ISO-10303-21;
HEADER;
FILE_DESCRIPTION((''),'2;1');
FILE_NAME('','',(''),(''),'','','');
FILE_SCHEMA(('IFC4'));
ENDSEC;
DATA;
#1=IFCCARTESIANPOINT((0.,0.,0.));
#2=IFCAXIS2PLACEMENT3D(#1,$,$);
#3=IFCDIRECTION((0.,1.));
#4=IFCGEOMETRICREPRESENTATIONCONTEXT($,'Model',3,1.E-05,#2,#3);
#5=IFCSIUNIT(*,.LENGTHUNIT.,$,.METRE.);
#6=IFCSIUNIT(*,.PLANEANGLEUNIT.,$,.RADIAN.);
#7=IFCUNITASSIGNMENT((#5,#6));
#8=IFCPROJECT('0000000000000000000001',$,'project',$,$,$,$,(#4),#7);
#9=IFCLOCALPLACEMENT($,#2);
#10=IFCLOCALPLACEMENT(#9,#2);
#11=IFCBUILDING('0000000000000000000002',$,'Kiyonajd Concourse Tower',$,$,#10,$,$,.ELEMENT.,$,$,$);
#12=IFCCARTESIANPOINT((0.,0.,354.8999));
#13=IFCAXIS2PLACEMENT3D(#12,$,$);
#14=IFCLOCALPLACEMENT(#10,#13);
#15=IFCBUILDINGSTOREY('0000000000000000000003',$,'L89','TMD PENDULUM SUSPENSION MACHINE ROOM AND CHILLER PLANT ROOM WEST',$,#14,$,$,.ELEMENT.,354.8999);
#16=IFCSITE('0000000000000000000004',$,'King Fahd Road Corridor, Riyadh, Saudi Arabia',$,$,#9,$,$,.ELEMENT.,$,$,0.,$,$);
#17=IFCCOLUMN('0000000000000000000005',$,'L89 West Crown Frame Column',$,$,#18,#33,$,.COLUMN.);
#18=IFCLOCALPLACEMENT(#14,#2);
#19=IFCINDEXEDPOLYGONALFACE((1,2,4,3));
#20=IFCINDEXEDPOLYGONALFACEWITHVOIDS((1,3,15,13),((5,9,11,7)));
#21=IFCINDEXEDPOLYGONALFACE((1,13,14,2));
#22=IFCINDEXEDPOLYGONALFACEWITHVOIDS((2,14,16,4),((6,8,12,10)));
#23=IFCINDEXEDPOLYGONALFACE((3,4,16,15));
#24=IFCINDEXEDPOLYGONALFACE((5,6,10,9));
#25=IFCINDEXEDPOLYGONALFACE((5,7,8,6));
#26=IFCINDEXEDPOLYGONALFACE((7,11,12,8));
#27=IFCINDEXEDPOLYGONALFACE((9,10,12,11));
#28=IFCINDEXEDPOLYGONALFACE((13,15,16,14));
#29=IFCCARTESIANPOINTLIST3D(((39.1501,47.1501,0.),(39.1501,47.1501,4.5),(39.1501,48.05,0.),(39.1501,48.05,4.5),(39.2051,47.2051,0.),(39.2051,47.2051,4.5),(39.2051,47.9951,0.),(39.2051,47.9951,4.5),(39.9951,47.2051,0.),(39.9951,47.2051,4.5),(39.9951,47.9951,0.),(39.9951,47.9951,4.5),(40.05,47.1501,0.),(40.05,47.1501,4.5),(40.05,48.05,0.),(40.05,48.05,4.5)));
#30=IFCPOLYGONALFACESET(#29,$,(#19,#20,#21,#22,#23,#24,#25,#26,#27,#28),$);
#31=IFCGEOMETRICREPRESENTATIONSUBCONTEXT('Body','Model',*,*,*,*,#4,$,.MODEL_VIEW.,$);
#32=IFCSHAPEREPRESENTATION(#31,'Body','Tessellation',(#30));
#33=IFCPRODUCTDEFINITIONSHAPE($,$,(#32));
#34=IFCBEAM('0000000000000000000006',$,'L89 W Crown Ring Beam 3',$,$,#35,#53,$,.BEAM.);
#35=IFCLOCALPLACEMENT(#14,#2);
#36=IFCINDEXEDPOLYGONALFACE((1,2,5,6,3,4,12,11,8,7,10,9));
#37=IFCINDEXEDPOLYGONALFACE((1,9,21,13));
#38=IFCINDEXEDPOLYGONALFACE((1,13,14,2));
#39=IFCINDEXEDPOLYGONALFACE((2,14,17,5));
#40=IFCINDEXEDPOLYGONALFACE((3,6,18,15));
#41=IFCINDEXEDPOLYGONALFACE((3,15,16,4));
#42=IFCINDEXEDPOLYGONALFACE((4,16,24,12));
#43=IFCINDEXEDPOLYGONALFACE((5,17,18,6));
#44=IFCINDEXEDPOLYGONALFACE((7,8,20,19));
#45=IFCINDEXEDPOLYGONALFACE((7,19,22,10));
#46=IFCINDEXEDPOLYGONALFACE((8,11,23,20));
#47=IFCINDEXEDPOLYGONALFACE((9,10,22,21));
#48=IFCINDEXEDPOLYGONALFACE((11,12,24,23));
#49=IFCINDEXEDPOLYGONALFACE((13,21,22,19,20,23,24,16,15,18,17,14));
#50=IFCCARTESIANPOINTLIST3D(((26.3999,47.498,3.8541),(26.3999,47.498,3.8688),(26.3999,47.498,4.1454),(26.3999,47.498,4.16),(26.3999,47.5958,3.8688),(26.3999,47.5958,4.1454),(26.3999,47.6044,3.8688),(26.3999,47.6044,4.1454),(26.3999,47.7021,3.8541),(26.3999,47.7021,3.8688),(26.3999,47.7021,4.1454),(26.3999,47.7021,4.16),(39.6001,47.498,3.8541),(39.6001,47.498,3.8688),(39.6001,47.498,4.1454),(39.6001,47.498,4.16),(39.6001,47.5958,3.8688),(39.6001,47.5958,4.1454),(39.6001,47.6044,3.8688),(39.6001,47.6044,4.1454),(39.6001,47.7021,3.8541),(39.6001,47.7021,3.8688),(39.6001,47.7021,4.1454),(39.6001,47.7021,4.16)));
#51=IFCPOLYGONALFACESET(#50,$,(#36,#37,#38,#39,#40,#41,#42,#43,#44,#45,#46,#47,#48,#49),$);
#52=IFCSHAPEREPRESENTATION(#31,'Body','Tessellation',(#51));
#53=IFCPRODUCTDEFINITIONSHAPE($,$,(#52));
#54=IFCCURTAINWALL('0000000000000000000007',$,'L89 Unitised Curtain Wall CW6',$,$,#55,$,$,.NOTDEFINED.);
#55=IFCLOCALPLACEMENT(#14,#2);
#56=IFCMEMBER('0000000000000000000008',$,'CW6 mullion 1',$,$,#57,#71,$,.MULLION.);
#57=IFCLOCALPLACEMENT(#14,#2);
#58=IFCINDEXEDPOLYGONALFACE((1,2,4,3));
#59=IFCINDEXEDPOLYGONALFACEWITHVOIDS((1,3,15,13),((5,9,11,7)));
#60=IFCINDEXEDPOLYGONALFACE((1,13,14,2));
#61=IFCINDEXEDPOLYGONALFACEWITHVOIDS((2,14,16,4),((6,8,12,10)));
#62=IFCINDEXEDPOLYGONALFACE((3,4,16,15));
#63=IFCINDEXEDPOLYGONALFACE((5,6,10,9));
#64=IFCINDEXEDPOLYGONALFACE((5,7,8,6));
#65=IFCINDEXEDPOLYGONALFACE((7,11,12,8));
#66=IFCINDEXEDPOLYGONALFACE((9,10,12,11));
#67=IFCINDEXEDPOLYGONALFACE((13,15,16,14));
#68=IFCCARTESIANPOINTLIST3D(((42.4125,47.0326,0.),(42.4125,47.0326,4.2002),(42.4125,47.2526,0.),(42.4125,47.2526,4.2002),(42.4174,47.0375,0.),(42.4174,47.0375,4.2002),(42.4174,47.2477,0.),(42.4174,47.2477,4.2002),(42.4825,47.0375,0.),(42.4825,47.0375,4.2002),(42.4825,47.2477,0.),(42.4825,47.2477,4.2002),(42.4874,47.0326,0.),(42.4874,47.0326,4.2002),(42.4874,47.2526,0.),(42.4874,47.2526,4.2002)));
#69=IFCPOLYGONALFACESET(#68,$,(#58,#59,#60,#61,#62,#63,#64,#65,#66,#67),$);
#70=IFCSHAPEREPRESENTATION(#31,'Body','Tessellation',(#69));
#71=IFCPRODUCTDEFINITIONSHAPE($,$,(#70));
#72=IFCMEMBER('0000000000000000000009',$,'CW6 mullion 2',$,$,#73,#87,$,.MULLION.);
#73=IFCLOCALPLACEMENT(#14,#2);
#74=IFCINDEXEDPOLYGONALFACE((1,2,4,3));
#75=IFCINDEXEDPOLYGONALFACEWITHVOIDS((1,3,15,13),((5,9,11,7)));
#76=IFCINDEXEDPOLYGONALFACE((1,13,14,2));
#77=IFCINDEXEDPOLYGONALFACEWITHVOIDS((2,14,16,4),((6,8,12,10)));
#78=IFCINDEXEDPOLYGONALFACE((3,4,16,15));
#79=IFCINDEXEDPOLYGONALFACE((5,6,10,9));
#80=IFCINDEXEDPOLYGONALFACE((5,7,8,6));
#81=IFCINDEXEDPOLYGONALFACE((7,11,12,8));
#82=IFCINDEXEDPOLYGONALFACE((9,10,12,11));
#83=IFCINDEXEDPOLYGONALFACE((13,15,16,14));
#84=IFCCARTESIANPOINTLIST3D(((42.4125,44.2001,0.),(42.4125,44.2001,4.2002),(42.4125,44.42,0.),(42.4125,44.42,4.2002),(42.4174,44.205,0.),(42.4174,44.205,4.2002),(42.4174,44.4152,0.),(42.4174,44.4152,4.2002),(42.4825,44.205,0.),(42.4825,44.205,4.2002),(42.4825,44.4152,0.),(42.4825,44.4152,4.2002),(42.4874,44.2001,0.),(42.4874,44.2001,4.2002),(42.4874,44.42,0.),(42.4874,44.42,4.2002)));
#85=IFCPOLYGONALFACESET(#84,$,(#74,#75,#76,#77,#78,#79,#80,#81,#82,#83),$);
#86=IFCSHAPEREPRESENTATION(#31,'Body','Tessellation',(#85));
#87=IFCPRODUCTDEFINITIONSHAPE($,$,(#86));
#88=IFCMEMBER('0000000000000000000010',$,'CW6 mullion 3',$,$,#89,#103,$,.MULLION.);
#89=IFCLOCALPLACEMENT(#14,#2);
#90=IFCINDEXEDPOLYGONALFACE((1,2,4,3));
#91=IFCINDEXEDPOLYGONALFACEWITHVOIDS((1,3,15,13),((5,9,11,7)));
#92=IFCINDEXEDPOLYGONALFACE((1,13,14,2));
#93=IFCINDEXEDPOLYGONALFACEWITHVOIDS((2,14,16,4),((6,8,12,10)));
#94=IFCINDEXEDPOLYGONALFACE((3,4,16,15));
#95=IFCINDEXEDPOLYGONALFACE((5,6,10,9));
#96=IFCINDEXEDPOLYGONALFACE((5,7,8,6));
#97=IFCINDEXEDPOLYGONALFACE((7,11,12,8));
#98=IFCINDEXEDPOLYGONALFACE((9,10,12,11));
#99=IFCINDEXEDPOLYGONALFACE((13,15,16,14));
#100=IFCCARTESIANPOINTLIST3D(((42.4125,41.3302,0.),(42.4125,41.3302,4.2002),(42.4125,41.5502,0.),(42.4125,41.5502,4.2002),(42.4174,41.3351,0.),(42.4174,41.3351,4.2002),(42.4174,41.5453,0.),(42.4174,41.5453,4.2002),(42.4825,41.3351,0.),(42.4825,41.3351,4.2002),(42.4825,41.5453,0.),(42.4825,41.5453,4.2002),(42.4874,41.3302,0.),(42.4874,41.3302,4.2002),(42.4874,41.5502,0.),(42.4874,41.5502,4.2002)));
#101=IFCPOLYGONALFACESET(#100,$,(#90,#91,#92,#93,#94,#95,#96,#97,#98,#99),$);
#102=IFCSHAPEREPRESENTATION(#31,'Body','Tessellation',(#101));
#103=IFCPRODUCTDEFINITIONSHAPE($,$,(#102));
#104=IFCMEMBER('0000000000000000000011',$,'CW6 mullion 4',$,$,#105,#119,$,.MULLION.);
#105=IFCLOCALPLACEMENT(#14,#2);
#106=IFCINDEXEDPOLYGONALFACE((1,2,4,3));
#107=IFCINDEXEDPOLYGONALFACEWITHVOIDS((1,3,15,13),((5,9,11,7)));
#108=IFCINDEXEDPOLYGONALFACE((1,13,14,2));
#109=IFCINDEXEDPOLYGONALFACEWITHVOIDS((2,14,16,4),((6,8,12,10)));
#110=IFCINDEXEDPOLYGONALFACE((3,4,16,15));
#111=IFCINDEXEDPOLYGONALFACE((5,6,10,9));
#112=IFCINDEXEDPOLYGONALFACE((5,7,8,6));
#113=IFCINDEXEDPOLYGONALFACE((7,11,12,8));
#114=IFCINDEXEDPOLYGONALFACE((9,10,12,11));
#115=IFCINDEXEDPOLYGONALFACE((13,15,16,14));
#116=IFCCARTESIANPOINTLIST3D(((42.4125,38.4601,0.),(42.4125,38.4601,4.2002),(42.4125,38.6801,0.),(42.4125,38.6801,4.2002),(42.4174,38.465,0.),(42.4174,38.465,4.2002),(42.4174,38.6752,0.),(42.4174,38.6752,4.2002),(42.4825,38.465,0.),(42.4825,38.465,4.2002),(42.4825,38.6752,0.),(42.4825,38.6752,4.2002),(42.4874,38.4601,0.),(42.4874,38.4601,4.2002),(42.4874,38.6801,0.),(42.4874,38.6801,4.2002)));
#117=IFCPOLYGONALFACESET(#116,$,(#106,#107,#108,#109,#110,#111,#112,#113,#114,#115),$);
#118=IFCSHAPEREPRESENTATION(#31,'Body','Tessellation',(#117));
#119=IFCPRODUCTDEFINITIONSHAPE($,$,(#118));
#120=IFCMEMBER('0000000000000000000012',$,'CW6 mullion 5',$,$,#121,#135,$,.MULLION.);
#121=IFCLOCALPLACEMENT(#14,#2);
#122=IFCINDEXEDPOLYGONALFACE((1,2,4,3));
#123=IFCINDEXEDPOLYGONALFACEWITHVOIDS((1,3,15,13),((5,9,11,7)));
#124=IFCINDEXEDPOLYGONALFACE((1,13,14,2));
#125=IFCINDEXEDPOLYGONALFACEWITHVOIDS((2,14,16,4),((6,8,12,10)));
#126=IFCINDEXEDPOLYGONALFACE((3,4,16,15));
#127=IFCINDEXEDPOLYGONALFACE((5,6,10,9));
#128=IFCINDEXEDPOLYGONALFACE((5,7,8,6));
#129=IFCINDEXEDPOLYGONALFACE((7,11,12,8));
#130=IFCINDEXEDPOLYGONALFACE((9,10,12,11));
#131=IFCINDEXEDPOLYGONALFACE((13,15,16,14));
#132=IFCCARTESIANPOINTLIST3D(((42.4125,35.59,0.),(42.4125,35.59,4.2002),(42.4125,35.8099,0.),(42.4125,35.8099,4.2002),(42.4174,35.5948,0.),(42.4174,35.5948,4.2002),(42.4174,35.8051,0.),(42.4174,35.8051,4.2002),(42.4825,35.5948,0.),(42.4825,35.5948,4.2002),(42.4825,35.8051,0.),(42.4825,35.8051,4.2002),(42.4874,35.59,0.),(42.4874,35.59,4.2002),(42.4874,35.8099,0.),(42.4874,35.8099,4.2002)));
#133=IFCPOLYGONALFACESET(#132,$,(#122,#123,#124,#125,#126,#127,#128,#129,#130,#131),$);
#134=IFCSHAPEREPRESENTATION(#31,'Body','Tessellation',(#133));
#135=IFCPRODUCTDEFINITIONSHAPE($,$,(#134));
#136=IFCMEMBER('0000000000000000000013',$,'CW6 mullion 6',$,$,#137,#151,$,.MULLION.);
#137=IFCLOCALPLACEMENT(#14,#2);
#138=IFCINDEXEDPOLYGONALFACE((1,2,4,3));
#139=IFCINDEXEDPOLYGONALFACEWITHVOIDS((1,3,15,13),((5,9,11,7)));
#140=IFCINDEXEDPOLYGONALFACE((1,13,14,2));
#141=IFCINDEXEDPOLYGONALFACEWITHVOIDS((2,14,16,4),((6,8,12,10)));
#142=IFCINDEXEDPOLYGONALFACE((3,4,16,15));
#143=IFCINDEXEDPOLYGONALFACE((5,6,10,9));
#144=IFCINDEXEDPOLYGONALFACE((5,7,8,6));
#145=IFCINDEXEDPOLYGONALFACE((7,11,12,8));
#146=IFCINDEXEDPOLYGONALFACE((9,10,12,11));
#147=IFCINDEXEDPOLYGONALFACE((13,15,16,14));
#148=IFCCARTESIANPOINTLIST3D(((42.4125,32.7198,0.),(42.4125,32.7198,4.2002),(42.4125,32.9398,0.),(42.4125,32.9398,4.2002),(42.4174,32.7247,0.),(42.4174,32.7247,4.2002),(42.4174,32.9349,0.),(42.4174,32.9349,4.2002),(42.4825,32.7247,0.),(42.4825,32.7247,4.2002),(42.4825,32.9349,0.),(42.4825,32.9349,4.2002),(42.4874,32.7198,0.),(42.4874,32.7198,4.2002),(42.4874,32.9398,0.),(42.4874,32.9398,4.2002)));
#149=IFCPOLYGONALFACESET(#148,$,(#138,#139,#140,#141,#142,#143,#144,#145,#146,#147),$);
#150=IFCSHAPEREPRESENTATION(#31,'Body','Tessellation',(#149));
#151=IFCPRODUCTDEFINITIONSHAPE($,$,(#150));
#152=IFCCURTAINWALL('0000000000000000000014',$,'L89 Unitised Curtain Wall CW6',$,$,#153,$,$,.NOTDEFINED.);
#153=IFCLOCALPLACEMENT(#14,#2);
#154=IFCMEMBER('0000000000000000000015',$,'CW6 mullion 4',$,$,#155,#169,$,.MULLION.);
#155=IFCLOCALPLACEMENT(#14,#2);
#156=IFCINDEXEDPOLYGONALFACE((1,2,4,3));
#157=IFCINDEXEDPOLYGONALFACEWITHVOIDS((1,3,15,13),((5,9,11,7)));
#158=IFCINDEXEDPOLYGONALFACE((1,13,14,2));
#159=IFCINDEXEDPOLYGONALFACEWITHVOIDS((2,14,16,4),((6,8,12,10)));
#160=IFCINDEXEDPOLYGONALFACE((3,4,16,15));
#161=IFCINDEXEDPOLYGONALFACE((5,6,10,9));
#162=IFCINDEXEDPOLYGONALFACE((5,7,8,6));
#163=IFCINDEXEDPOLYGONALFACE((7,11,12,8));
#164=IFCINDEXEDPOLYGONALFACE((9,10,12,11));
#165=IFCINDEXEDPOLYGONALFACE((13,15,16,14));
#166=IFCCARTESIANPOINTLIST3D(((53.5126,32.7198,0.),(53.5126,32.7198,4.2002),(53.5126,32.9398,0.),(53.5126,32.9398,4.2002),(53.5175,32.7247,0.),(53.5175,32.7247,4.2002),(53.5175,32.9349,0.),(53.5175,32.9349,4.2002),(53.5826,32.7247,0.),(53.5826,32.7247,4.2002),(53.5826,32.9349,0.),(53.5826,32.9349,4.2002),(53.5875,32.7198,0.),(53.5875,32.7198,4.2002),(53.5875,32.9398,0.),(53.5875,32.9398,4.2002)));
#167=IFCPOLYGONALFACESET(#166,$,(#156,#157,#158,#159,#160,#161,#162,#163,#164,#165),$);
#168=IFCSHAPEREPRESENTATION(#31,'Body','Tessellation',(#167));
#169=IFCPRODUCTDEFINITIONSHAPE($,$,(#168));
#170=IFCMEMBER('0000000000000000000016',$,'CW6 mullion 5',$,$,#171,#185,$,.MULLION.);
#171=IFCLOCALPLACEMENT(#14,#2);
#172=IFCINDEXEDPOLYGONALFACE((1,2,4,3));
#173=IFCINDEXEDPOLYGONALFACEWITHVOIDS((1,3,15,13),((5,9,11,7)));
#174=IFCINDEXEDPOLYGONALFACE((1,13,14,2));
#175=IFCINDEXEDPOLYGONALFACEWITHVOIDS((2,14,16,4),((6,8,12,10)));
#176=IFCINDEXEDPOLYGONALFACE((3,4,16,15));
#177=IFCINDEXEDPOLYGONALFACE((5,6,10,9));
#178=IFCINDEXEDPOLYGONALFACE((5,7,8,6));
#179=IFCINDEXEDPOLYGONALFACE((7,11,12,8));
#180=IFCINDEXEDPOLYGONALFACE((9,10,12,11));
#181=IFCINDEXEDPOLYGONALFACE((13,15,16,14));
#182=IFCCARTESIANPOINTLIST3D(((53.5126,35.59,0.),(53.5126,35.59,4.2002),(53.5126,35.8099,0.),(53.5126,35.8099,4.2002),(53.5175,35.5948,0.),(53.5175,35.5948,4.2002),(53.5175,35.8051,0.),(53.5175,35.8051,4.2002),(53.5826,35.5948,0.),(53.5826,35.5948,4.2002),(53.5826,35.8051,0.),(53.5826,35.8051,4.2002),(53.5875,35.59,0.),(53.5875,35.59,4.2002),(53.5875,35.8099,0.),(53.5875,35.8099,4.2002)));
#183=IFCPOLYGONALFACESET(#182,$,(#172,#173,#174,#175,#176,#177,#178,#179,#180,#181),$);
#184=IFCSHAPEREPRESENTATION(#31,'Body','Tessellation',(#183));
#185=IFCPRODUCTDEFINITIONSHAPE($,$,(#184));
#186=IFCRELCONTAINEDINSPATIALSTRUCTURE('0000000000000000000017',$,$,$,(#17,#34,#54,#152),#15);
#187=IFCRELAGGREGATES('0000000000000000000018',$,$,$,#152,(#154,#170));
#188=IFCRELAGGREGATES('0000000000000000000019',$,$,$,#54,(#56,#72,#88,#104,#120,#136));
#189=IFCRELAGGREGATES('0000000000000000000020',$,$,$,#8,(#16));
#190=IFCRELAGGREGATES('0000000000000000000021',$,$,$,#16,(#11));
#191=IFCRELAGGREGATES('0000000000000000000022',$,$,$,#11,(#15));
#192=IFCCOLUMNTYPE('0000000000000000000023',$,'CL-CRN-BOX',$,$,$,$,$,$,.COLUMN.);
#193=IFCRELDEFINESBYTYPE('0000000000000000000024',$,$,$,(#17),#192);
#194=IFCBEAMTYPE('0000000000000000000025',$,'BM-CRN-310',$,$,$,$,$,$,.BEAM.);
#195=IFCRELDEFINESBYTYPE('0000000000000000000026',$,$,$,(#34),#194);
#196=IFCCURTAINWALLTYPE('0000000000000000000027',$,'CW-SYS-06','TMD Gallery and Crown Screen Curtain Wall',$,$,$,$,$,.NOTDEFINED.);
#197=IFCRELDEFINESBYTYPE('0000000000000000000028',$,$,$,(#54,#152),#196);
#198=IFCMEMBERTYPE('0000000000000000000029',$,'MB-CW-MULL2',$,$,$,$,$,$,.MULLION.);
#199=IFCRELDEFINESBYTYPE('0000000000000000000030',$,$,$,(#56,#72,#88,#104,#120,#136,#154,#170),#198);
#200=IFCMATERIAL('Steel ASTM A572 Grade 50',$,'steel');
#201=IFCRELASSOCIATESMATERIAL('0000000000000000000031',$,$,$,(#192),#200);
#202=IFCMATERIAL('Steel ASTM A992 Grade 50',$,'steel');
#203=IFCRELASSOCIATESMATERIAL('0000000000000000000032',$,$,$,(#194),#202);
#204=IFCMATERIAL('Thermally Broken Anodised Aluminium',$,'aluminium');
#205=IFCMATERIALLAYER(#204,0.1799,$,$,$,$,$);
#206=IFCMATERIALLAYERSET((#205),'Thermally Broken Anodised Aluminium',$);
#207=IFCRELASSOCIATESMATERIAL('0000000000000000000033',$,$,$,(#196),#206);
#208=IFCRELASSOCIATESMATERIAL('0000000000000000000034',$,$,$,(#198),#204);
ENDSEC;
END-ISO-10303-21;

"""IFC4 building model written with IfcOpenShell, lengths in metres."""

from ifc_helpers import new_model, si_unit, direction, frame, origin, origin_2d, place, context, subcontext, project, spatial, hollow_rectangle, i_section, extrude, material, layer, layer_set, material_profile, profile_set, type_object, element, aggregate, save


model = new_model("IFC4")

# Units and contexts
model_context = context("Model", 3, precision=1e-05, world=origin(), true_north=direction((0.0, 1.0)))
body_context = subcontext(model_context, "Body", "Model", "MODEL_VIEW")
ifc_project = project(units=[si_unit("LENGTHUNIT", "METRE"), si_unit("PLANEANGLEUNIT", "RADIAN")], contexts=[model_context])

# Site, building, storey
site_placement = place(None, origin())
site = spatial("IfcSite", under=ifc_project, at=site_placement, Name="King Fahd Road Corridor, Riyadh, Saudi Arabia", CompositionType="ELEMENT", RefElevation=0.0)
building_placement = place(site_placement, origin())
building = spatial("IfcBuilding", under=site, at=building_placement, Name="Kiyonajd Concourse Tower", CompositionType="ELEMENT")
storey_placement = place(building_placement, frame((0.0, 0.0, 354.8999)))
storey = spatial("IfcBuildingStorey", under=building, at=storey_placement, Name="L89", Description="TMD PENDULUM SUSPENSION MACHINE ROOM AND CHILLER PLANT ROOM WEST", CompositionType="ELEMENT", Elevation=354.8999)

# Column
ifc_material_1 = material(Name="Steel ASTM A572 Grade 50", Category="steel")
ifc_material_profile_1 = material_profile(ifc_material_1, hollow_rectangle(XDim=0.8999, YDim=0.8999, WallThickness=0.0549, at=origin_2d()), Name="BOX-900x900x55")
ifc_profile_set_1 = profile_set([ifc_material_profile_1], Name="Steel ASTM A572 Grade 50")
column_type = type_object("IfcColumnType", Name="CL-CRN-BOX", PredefinedType="COLUMN", material=ifc_profile_set_1)
column_placement = place(storey_placement, frame((39.6001, 47.6001, 0.0), z_axis=(0.0, 0.0, 1.0), x_axis=(1.0, 0.0, 0.0)))
element("IfcColumn", 1, at=column_placement, inside=storey, type_object=column_type, Name="L89 West Crown Frame Column", PredefinedType="COLUMN", context=body_context, shape_type="SweptSolid", body=[
    extrude(hollow_rectangle(XDim=0.8999, YDim=0.8999, WallThickness=0.0549, at=origin_2d()), origin(), (0.0, 0.0, 1.0), 4.5),
])

# Beam
ifc_material_2 = material(Name="Steel ASTM A992 Grade 50", Category="steel")
ifc_material_profile_2 = material_profile(ifc_material_2, i_section(OverallWidth=0.2041, OverallDepth=0.3059, WebThickness=0.0085, FlangeThickness=0.0146, at=origin_2d()), Name="W310X67")
ifc_profile_set_2 = profile_set([ifc_material_profile_2], Name="Steel ASTM A992 Grade 50")
beam_type = type_object("IfcBeamType", Name="BM-CRN-310", PredefinedType="BEAM", material=ifc_profile_set_2)
beam_placement = place(storey_placement, frame((39.6001, 47.6001, 4.0071), z_axis=(-1.0, 0.0, 0.0), x_axis=(0.0, -1.0, 0.0)))
element("IfcBeam", 2, at=beam_placement, inside=storey, type_object=beam_type, Name="L89 W Crown Ring Beam 3", PredefinedType="BEAM", context=body_context, shape_type="SweptSolid", body=[
    extrude(i_section(OverallWidth=0.2041, OverallDepth=0.3059, WebThickness=0.0085, FlangeThickness=0.0146, at=origin_2d()), origin(), (0.0, 0.0, 1.0), 13.2002),
])

# Curtain walls, members
ifc_material_3 = material(Name="Thermally Broken Anodised Aluminium", Category="aluminium")
ifc_layer_1 = layer(ifc_material_3, 0.1799)
ifc_layer_set_1 = layer_set([ifc_layer_1], Name="Thermally Broken Anodised Aluminium")
curtain_wall_type = type_object("IfcCurtainWallType", Name="CW-SYS-06", Description="TMD Gallery and Crown Screen Curtain Wall", PredefinedType="NOTDEFINED", material=ifc_layer_set_1)
curtain_wall_1_placement = place(storey_placement, origin())
curtain_wall_1 = element("IfcCurtainWall", 3, at=curtain_wall_1_placement, inside=storey, type_object=curtain_wall_type, Name="L89 Unitised Curtain Wall CW6", PredefinedType="NOTDEFINED")
ifc_material_profile_3 = material_profile(ifc_material_3, hollow_rectangle(XDim=0.075, YDim=0.22, WallThickness=0.0049, at=origin_2d()), Name="MULL-75x220")
ifc_profile_set_3 = profile_set([ifc_material_profile_3], Name="Thermally Broken Anodised Aluminium")
member_type_1 = type_object("IfcMemberType", Name="MB-CW-MULL2", PredefinedType="MULLION", material=ifc_profile_set_3)
member_1_placement = place(storey_placement, frame((42.45, 47.1426, 0.0), z_axis=(0.0, 0.0, 1.0), x_axis=(1.0, 0.0, 0.0)))
member_1 = element("IfcMember", 4, at=member_1_placement, type_object=member_type_1, Name="CW6 mullion 1", PredefinedType="MULLION", context=body_context, shape_type="SweptSolid", body=[
    extrude(hollow_rectangle(XDim=0.075, YDim=0.22, WallThickness=0.0049, at=origin_2d()), origin(), (0.0, 0.0, 1.0), 4.2002),
])
member_2_placement = place(storey_placement, frame((42.45, 44.3101, 0.0), z_axis=(0.0, 0.0, 1.0), x_axis=(1.0, 0.0, 0.0)))
member_2 = element("IfcMember", 5, at=member_2_placement, type_object=member_type_1, Name="CW6 mullion 2", PredefinedType="MULLION", context=body_context, shape_type="SweptSolid", body=[
    extrude(hollow_rectangle(XDim=0.075, YDim=0.22, WallThickness=0.0049, at=origin_2d()), origin(), (0.0, 0.0, 1.0), 4.2002),
])
member_3_placement = place(storey_placement, frame((42.45, 41.4402, 0.0), z_axis=(0.0, 0.0, 1.0), x_axis=(1.0, 0.0, 0.0)))
member_3 = element("IfcMember", 6, at=member_3_placement, type_object=member_type_1, Name="CW6 mullion 3", PredefinedType="MULLION", context=body_context, shape_type="SweptSolid", body=[
    extrude(hollow_rectangle(XDim=0.075, YDim=0.22, WallThickness=0.0049, at=origin_2d()), origin(), (0.0, 0.0, 1.0), 4.2002),
])
member_4_placement = place(storey_placement, frame((42.45, 38.5701, 0.0), z_axis=(0.0, 0.0, 1.0), x_axis=(1.0, 0.0, 0.0)))
member_4 = element("IfcMember", 7, at=member_4_placement, type_object=member_type_1, Name="CW6 mullion 4", PredefinedType="MULLION", context=body_context, shape_type="SweptSolid", body=[
    extrude(hollow_rectangle(XDim=0.075, YDim=0.22, WallThickness=0.0049, at=origin_2d()), origin(), (0.0, 0.0, 1.0), 4.2002),
])
member_5_placement = place(storey_placement, frame((42.45, 35.7, 0.0), z_axis=(0.0, 0.0, 1.0), x_axis=(1.0, 0.0, 0.0)))
member_5 = element("IfcMember", 8, at=member_5_placement, type_object=member_type_1, Name="CW6 mullion 5", PredefinedType="MULLION", context=body_context, shape_type="SweptSolid", body=[
    extrude(hollow_rectangle(XDim=0.075, YDim=0.22, WallThickness=0.0049, at=origin_2d()), origin(), (0.0, 0.0, 1.0), 4.2002),
])
member_6_placement = place(storey_placement, frame((42.45, 32.8298, 0.0), z_axis=(0.0, 0.0, 1.0), x_axis=(1.0, 0.0, 0.0)))
member_6 = element("IfcMember", 9, at=member_6_placement, type_object=member_type_1, Name="CW6 mullion 6", PredefinedType="MULLION", context=body_context, shape_type="SweptSolid", body=[
    extrude(hollow_rectangle(XDim=0.075, YDim=0.22, WallThickness=0.0049, at=origin_2d()), origin(), (0.0, 0.0, 1.0), 4.2002),
])
curtain_wall_2_placement = place(storey_placement, origin())
curtain_wall_2 = element("IfcCurtainWall", 10, at=curtain_wall_2_placement, inside=storey, type_object=curtain_wall_type, Name="L89 Unitised Curtain Wall CW6", PredefinedType="NOTDEFINED")
member_7_placement = place(storey_placement, frame((53.55, 32.8298, 0.0), z_axis=(0.0, 0.0, 1.0), x_axis=(-1.0, 0.0, 0.0)))
member_7 = element("IfcMember", 11, at=member_7_placement, type_object=member_type_1, Name="CW6 mullion 4", PredefinedType="MULLION", context=body_context, shape_type="SweptSolid", body=[
    extrude(hollow_rectangle(XDim=0.075, YDim=0.22, WallThickness=0.0049, at=origin_2d()), origin(), (0.0, 0.0, 1.0), 4.2002),
])
member_8_placement = place(storey_placement, frame((53.55, 35.7, 0.0), z_axis=(0.0, 0.0, 1.0), x_axis=(-1.0, 0.0, 0.0)))
member_8 = element("IfcMember", 12, at=member_8_placement, type_object=member_type_1, Name="CW6 mullion 5", PredefinedType="MULLION", context=body_context, shape_type="SweptSolid", body=[
    extrude(hollow_rectangle(XDim=0.075, YDim=0.22, WallThickness=0.0049, at=origin_2d()), origin(), (0.0, 0.0, 1.0), 4.2002),
])
aggregate(curtain_wall_2, [member_7, member_8])

aggregate(curtain_wall_1, [member_1, member_2, member_3, member_4, member_5, member_6])

save(model, "model.ifc")
